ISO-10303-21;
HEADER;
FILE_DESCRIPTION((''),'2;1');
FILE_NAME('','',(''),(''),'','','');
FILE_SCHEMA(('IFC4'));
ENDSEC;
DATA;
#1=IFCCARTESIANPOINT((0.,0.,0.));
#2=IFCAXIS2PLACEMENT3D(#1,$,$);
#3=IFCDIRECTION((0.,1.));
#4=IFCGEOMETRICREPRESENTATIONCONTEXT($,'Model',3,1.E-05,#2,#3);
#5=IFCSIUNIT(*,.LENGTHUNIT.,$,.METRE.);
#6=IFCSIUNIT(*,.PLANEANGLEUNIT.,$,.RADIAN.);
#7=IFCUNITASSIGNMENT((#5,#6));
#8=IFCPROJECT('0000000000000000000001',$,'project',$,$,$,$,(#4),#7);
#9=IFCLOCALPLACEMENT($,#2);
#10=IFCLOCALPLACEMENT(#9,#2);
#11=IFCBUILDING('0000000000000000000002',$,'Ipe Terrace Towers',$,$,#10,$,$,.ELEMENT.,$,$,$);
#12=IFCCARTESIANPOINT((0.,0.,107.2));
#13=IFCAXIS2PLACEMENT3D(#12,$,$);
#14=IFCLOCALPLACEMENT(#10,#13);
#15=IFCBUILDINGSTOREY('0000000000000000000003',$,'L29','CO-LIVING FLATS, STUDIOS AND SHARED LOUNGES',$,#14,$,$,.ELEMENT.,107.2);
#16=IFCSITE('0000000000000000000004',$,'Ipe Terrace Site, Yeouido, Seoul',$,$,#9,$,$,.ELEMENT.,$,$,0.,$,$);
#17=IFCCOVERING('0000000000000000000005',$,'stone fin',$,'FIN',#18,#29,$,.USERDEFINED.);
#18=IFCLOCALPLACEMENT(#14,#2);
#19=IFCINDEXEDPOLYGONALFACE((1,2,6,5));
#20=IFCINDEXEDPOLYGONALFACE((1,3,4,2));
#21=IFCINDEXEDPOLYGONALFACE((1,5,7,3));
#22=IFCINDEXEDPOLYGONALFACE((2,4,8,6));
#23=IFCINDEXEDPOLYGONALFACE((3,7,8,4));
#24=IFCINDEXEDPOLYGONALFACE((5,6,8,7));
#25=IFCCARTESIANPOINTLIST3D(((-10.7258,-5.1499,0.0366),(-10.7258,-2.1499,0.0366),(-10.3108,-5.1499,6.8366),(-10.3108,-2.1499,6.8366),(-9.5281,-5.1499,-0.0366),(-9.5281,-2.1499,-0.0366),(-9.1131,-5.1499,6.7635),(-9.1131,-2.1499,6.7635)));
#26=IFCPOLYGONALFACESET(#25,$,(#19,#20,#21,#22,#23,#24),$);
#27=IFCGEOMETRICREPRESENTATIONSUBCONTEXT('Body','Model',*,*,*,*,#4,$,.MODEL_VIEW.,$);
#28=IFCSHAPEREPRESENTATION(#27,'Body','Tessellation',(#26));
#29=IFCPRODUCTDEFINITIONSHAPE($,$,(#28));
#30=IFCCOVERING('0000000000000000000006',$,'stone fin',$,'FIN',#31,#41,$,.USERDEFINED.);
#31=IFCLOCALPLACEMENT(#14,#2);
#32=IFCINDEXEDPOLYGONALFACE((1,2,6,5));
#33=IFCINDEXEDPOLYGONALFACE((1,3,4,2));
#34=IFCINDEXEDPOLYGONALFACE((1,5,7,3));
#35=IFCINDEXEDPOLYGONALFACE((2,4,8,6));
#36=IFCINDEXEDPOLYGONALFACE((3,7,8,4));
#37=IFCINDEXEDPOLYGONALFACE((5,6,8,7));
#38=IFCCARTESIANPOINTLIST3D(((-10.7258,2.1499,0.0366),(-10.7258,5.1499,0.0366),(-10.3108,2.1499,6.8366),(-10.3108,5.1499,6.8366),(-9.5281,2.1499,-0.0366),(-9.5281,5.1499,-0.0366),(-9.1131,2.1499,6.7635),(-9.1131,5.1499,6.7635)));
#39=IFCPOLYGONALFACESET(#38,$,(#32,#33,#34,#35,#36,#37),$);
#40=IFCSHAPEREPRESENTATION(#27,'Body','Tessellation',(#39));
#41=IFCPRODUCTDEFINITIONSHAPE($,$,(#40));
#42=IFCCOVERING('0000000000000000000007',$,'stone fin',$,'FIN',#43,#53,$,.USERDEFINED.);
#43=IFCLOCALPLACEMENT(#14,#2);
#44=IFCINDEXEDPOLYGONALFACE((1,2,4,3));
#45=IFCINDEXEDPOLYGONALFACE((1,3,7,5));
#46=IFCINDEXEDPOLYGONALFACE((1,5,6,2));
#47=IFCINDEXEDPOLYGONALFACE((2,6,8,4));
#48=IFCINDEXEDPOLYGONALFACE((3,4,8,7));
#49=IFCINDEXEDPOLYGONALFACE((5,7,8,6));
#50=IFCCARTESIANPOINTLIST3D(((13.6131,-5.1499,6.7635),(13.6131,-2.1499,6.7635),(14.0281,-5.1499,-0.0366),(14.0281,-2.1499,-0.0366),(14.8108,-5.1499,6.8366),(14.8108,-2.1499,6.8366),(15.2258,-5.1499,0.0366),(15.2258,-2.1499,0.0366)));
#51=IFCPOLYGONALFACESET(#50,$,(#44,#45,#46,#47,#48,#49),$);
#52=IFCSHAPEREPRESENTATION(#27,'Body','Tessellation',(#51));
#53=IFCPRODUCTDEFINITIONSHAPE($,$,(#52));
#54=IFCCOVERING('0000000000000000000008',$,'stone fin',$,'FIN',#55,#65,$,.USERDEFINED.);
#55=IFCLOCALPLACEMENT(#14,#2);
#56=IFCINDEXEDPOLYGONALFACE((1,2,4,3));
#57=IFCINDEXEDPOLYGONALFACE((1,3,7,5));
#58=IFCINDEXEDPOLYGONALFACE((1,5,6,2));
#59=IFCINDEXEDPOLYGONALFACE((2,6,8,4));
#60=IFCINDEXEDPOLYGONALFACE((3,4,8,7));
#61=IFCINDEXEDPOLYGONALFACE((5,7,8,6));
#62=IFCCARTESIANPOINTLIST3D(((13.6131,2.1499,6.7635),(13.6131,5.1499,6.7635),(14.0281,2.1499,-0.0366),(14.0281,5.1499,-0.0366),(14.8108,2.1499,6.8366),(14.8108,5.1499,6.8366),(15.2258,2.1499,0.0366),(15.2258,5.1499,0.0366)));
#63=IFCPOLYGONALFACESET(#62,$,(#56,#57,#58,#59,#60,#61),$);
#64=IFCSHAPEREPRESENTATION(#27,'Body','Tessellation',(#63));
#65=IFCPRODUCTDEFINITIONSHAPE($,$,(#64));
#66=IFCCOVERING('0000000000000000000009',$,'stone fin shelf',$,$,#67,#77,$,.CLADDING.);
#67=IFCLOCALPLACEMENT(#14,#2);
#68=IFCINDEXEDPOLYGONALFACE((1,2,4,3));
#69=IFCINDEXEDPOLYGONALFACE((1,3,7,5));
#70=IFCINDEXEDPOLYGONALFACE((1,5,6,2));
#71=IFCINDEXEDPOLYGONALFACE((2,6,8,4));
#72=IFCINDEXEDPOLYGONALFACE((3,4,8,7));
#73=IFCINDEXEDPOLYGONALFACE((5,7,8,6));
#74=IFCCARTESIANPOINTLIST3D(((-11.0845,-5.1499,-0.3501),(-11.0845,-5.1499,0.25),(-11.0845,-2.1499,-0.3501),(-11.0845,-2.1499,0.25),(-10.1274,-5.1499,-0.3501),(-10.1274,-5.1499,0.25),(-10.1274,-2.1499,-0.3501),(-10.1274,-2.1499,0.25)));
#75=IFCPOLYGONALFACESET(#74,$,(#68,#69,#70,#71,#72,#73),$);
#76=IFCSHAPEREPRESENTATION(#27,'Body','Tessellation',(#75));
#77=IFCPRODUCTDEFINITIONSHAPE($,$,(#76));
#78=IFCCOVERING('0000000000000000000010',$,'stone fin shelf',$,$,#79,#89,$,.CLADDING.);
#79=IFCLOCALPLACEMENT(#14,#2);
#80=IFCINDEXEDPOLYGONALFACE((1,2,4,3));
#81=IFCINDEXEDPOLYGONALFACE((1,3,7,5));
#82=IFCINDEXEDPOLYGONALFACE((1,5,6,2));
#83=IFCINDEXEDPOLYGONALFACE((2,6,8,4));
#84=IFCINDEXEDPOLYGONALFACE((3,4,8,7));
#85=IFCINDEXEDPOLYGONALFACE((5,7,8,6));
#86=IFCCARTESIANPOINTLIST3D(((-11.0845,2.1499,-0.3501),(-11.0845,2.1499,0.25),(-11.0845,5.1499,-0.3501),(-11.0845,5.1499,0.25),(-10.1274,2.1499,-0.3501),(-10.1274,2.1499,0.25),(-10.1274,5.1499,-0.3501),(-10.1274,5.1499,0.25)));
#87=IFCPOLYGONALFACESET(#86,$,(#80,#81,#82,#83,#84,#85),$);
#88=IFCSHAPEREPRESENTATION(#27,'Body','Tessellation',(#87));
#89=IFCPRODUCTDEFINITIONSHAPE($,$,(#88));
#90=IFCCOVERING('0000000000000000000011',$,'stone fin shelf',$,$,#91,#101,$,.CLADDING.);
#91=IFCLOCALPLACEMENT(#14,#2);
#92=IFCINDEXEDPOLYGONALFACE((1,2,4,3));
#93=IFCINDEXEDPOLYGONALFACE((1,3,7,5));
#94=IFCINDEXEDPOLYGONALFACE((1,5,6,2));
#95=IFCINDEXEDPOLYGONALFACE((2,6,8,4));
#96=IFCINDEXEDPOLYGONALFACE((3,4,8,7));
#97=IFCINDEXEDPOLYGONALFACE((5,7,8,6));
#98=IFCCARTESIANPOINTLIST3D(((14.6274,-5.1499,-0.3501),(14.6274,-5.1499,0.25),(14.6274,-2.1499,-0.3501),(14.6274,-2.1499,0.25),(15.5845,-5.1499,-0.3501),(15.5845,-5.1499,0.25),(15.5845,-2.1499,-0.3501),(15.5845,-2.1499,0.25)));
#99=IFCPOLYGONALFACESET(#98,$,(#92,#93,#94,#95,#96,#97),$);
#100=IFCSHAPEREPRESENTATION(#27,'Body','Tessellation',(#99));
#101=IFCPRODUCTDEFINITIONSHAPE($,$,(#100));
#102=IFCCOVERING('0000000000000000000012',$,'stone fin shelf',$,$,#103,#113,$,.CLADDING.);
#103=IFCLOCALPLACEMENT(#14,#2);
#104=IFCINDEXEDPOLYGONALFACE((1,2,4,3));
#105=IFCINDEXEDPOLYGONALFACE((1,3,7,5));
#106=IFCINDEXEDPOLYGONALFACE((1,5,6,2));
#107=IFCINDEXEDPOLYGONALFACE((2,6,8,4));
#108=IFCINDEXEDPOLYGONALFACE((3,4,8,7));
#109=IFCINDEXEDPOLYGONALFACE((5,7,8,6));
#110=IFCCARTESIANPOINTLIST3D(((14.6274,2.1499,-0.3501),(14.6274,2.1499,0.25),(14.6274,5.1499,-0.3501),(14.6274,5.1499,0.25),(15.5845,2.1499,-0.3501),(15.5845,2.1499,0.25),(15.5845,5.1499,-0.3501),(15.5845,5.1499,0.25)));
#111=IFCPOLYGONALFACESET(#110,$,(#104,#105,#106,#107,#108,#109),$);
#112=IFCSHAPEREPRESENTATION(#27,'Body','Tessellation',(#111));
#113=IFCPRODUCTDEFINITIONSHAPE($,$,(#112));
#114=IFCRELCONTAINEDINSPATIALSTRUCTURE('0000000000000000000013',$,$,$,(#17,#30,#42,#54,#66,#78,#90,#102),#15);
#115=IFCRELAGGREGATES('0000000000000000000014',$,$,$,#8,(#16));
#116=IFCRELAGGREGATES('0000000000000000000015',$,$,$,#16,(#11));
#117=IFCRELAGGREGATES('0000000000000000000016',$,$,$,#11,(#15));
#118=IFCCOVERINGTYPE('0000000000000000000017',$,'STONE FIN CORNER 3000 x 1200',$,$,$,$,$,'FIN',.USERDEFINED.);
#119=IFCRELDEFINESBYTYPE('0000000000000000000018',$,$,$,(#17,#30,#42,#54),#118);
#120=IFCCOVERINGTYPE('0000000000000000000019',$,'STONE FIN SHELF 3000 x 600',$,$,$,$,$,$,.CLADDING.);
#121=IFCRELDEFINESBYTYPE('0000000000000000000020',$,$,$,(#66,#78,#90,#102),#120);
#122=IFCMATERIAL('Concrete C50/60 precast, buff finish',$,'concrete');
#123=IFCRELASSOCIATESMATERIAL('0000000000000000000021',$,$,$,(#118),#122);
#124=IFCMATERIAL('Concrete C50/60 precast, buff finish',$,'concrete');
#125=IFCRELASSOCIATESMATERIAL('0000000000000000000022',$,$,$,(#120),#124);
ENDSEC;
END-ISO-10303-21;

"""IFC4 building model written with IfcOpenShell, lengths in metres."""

from ifc_helpers import new_model, si_unit, direction, frame, origin, origin_2d, place, context, subcontext, project, spatial, rectangle, extrude, material, material_profile, profile_set, type_object, element, save


model = new_model("IFC4")

# Units and contexts
model_context = context("Model", 3, precision=1e-05, world=origin(), true_north=direction((0.0, 1.0)))
body_context = subcontext(model_context, "Body", "Model", "MODEL_VIEW")
ifc_project = project(units=[si_unit("LENGTHUNIT", "METRE"), si_unit("PLANEANGLEUNIT", "RADIAN")], contexts=[model_context])

# Site, building, storey
site_placement = place(None, origin())
site = spatial("IfcSite", under=ifc_project, at=site_placement, Name="Ipe Terrace Site, Yeouido, Seoul", CompositionType="ELEMENT", RefElevation=0.0)
building_placement = place(site_placement, origin())
building = spatial("IfcBuilding", under=site, at=building_placement, Name="Ipe Terrace Towers", CompositionType="ELEMENT")
storey_placement = place(building_placement, frame((0.0, 0.0, 107.2)))
storey = spatial("IfcBuildingStorey", under=building, at=storey_placement, Name="L29", Description="CO-LIVING FLATS, STUDIOS AND SHARED LOUNGES", CompositionType="ELEMENT", Elevation=107.2)

# Coverings
ifc_material_1 = material(Name="Concrete C50/60 precast, buff finish", Category="concrete")
ifc_material_profile_1 = material_profile(ifc_material_1, rectangle(XDim=3.0, YDim=1.2, at=origin_2d()), Name="STONE FIN CORNER 3000 x 1200")
ifc_profile_set_1 = profile_set([ifc_material_profile_1], Name="Concrete C50/60 precast, buff finish")
covering_type_1 = type_object("IfcCoveringType", Name="STONE FIN CORNER 3000 x 1200", ElementType="FIN", PredefinedType="USERDEFINED", material=ifc_profile_set_1)
for number, where, z_axis, x_axis, name in (
    (1, (-10.127, -3.6499, 0.0), (0.060921, 0.0, 0.998143), (0.0, 1.0, 0.0), "stone fin"),
    (2, (-10.127, 3.6499, 0.0), (0.060921, 0.0, 0.998143), (0.0, 1.0, 0.0), "stone fin"),
    (3, (14.627, -3.6499, 0.0), (-0.060921, 0.0, 0.998143), (0.0, -1.0, 0.0), "stone fin"),
    (4, (14.627, 3.6499, 0.0), (-0.060921, 0.0, 0.998143), (0.0, -1.0, 0.0), "stone fin"),
):
    element("IfcCovering", number, at=place(storey_placement, frame(where, z_axis=z_axis, x_axis=x_axis)), inside=storey, type_object=covering_type_1, Name=name, ObjectType="FIN", PredefinedType="USERDEFINED", context=body_context, shape_type="SweptSolid", body=[
        extrude(rectangle(XDim=3.0, YDim=1.2, at=origin_2d()), origin(), (0.0, 0.0, 1.0), 6.8127),
    ])
ifc_material_2 = material(Name="Concrete C50/60 precast, buff finish", Category="concrete")
covering_type_2 = type_object("IfcCoveringType", Name="STONE FIN SHELF 3000 x 600", PredefinedType="CLADDING", material=ifc_material_2)
for number, where, z_axis, x_axis, name in (
    (5, (-10.606, -3.6499, -0.3501), (0.0, 0.0, 1.0), (0.0, 1.0, 0.0), "stone fin shelf"),
    (6, (-10.606, 3.6499, -0.3501), (0.0, 0.0, 1.0), (0.0, 1.0, 0.0), "stone fin shelf"),
    (7, (15.106, -3.6499, -0.3501), (0.0, 0.0, 1.0), (0.0, -1.0, 0.0), "stone fin shelf"),
    (8, (15.106, 3.6499, -0.3501), (0.0, 0.0, 1.0), (0.0, -1.0, 0.0), "stone fin shelf"),
):
    element("IfcCovering", number, at=place(storey_placement, frame(where, z_axis=z_axis, x_axis=x_axis)), inside=storey, type_object=covering_type_2, Name=name, PredefinedType="CLADDING", context=body_context, shape_type="SweptSolid", body=[
        extrude(rectangle(XDim=3.0, YDim=0.957, at=origin_2d()), origin(), (0.0, 0.0, 1.0), 0.6001),
    ])

save(model, "model.ifc")
